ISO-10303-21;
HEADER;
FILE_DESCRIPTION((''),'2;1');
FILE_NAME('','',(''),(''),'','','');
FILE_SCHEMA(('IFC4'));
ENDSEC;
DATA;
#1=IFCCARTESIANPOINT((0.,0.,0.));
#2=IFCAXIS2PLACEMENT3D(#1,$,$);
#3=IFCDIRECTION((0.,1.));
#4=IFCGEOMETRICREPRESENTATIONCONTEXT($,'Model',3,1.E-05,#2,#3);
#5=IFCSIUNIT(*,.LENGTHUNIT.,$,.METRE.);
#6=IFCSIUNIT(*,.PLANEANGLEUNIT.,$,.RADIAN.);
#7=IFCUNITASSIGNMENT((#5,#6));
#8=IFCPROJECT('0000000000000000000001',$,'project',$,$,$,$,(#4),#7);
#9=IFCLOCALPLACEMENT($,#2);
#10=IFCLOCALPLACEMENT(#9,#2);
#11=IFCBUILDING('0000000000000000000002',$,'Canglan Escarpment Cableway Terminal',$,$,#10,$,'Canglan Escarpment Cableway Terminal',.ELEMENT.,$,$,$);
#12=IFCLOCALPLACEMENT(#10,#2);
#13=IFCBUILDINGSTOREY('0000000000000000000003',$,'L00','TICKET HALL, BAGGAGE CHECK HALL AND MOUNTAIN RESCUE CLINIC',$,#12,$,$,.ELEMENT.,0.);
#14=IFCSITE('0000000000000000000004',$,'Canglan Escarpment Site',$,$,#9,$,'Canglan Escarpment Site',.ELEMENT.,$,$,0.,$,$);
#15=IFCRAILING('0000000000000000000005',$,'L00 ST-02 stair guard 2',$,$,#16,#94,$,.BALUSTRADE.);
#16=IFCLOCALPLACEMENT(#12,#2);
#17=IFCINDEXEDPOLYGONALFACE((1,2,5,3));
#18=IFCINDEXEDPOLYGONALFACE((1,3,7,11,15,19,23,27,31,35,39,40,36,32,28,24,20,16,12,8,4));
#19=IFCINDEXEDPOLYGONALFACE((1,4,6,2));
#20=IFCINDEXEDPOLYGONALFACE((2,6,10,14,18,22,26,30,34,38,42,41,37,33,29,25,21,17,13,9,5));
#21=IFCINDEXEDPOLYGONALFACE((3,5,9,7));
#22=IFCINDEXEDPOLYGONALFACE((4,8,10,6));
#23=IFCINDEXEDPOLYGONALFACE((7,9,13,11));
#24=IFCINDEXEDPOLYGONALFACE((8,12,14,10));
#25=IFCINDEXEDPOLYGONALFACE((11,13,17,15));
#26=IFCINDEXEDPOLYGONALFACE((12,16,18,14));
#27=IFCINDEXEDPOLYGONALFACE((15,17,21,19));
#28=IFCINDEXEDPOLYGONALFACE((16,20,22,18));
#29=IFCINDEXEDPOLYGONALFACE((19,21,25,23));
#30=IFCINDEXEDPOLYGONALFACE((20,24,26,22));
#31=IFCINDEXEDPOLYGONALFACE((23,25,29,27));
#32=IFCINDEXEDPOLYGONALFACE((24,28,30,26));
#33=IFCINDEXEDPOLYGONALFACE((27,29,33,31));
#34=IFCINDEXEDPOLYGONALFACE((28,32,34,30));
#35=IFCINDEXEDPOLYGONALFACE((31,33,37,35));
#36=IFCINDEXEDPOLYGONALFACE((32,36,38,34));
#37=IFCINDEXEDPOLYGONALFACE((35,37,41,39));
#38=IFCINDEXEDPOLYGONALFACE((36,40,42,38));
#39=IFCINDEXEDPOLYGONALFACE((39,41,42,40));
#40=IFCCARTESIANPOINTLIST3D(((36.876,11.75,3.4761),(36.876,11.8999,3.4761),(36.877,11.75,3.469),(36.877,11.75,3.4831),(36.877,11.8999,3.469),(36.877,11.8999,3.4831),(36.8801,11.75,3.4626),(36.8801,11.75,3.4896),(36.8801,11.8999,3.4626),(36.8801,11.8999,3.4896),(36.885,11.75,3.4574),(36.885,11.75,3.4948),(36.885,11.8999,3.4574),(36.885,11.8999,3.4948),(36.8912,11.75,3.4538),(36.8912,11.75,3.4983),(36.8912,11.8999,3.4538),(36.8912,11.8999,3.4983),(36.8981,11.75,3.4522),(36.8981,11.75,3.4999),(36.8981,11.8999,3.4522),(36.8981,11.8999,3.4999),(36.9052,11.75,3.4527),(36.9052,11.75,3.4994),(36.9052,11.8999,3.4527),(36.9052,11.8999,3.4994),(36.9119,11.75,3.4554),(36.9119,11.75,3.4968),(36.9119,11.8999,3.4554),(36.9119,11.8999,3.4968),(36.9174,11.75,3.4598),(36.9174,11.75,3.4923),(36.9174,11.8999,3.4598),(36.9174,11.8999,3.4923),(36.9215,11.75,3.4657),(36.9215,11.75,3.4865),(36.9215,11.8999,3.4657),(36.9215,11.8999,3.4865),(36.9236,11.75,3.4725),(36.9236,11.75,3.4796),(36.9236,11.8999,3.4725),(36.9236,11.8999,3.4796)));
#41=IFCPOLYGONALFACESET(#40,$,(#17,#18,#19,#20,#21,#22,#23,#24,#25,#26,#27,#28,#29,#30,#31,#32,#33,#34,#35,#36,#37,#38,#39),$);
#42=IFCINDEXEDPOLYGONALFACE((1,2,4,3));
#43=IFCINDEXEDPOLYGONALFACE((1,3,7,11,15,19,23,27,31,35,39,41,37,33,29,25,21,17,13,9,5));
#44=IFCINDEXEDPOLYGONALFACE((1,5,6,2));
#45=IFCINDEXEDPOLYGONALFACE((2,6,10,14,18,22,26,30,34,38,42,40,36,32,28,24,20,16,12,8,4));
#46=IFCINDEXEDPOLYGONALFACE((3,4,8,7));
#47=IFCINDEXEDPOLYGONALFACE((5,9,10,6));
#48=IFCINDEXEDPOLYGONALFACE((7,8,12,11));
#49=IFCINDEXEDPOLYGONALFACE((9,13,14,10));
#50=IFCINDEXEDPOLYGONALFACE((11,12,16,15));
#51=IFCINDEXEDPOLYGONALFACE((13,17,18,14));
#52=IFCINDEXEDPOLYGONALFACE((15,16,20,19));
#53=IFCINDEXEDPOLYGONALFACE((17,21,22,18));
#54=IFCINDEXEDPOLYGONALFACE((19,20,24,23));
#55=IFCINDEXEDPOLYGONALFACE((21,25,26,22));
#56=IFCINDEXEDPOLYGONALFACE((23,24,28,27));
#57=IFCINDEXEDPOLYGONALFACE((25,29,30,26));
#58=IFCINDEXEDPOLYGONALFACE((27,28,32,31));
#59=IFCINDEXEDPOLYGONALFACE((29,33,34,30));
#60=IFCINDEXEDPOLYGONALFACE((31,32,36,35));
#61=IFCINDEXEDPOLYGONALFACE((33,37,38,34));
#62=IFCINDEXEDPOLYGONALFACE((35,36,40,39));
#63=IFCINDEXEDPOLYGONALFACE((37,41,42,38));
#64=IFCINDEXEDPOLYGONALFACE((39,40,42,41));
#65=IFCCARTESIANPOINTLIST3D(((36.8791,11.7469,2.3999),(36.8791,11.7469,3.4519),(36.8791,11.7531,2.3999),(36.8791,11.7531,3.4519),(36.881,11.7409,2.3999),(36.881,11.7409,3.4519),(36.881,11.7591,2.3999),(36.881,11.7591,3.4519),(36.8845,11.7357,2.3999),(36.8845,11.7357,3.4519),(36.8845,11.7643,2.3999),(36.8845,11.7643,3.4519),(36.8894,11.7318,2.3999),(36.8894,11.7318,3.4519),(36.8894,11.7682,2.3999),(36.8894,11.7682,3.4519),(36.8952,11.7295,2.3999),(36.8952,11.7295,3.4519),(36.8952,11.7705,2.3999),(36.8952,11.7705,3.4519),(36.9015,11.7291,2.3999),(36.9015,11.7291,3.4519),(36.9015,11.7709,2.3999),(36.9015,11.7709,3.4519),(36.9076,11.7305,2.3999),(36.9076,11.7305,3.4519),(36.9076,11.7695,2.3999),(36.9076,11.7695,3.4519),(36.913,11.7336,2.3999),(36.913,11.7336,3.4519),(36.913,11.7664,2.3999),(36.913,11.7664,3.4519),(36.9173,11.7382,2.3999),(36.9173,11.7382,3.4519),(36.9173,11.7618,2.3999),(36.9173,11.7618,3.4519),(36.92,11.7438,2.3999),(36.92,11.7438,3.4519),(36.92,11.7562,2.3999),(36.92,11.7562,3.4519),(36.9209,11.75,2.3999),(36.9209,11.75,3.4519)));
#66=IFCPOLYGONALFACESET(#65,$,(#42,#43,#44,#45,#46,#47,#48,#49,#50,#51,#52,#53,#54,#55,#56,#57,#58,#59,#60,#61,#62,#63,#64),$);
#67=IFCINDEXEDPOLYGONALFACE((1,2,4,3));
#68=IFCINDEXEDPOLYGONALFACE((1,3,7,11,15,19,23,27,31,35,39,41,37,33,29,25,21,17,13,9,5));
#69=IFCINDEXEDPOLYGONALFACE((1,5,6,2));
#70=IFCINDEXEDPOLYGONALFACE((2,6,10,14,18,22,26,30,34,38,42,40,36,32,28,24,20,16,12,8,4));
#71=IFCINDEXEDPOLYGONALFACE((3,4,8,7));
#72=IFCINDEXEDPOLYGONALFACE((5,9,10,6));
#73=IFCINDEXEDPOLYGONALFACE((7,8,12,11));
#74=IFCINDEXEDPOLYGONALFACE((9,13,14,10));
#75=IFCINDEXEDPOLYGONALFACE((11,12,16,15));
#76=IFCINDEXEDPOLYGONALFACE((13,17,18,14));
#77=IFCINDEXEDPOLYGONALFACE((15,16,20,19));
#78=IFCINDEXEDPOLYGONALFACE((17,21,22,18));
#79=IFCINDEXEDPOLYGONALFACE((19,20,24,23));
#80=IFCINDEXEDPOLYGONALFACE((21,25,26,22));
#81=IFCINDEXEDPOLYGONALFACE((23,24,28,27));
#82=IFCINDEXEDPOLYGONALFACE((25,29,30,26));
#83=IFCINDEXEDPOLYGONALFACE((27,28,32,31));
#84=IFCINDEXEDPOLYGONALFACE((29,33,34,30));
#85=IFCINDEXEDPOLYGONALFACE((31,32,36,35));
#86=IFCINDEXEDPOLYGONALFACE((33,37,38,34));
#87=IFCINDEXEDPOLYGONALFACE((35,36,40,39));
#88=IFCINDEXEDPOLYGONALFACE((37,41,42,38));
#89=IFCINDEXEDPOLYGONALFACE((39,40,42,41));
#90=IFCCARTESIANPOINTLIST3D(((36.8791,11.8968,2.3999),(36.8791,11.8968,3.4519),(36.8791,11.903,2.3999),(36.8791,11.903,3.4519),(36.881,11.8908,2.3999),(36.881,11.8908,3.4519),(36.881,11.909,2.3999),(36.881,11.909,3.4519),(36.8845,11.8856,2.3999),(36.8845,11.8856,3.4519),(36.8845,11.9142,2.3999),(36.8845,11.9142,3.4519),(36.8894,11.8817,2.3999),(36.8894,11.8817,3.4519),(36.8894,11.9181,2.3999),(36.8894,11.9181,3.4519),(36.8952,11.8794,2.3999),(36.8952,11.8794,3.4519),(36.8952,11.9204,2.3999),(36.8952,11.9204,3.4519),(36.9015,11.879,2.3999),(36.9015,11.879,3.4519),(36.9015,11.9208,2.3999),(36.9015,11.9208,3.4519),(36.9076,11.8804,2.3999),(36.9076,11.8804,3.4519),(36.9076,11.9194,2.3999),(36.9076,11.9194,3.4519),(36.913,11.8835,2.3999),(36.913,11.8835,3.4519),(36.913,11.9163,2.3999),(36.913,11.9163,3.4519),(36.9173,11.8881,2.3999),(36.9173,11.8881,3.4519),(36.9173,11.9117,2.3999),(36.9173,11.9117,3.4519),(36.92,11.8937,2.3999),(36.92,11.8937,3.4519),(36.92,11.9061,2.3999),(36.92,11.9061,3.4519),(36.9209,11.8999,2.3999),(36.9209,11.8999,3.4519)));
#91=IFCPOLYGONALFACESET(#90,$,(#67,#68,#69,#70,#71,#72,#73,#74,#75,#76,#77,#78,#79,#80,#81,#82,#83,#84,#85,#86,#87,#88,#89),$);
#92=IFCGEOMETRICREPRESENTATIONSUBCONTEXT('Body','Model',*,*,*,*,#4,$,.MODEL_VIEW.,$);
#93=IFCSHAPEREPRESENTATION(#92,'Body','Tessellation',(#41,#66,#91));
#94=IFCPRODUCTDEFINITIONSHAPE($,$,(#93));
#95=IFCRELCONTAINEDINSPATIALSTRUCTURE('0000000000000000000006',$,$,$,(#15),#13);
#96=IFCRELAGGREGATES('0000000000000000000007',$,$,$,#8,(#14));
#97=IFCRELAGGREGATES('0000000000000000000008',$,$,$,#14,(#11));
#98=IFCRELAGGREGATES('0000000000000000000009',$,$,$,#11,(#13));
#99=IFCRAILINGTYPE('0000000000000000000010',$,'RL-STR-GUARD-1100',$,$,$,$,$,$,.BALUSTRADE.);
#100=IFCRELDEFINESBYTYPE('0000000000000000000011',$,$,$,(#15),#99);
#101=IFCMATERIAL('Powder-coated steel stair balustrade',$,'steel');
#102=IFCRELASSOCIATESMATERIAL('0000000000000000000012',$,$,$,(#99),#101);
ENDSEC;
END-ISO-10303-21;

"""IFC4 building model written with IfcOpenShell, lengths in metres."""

from ifc_helpers import new_model, si_unit, direction, frame, origin, origin_2d, place, context, subcontext, project, spatial, circle, extrude, material, type_object, element, save


model = new_model("IFC4")

# Units and contexts
model_context = context("Model", 3, precision=1e-05, world=origin(), true_north=direction((0.0, 1.0)))
body_context = subcontext(model_context, "Body", "Model", "MODEL_VIEW")
ifc_project = project(units=[si_unit("LENGTHUNIT", "METRE"), si_unit("PLANEANGLEUNIT", "RADIAN")], contexts=[model_context])

# Site, building, storey
site_placement = place(None, origin())
site = spatial("IfcSite", under=ifc_project, at=site_placement, Name="Canglan Escarpment Site", LongName="Canglan Escarpment Site", CompositionType="ELEMENT", RefElevation=0.0)
building_placement = place(site_placement, origin())
building = spatial("IfcBuilding", under=site, at=building_placement, Name="Canglan Escarpment Cableway Terminal", LongName="Canglan Escarpment Cableway Terminal", CompositionType="ELEMENT")
storey_placement = place(building_placement, origin())
storey = spatial("IfcBuildingStorey", under=building, at=storey_placement, Name="L00", Description="TICKET HALL, BAGGAGE CHECK HALL AND MOUNTAIN RESCUE CLINIC", CompositionType="ELEMENT", Elevation=0.0)

# Railing
ifc_material_1 = material(Name="Powder-coated steel stair balustrade", Category="steel")
railing_type_1 = type_object("IfcRailingType", Name="RL-STR-GUARD-1100", PredefinedType="BALUSTRADE", material=ifc_material_1)
railing_1_placement = place(storey_placement, frame((36.8999, 11.75, 2.3999)))
element("IfcRailing", 1, at=railing_1_placement, inside=storey, type_object=railing_type_1, Name="L00 ST-02 stair guard 2", PredefinedType="BALUSTRADE", context=body_context, shape_type="SweptSolid", body=[
    extrude(circle(Radius=0.0239, at=origin_2d()), frame((0.0, 0.0, 1.0762), z_axis=(0.0, 1.0, 0.0), x_axis=(-1.0, 0.0, 0.0)), (0.0, 0.0, 1.0), 0.1499),
    extrude(circle(Radius=0.021, at=origin_2d()), origin(), (0.0, 0.0, 1.0), 1.052),
    extrude(circle(Radius=0.021, at=origin_2d()), frame((0.0, 0.1499, 0.0)), (0.0, 0.0, 1.0), 1.052),
])

save(model, "model.ifc")
